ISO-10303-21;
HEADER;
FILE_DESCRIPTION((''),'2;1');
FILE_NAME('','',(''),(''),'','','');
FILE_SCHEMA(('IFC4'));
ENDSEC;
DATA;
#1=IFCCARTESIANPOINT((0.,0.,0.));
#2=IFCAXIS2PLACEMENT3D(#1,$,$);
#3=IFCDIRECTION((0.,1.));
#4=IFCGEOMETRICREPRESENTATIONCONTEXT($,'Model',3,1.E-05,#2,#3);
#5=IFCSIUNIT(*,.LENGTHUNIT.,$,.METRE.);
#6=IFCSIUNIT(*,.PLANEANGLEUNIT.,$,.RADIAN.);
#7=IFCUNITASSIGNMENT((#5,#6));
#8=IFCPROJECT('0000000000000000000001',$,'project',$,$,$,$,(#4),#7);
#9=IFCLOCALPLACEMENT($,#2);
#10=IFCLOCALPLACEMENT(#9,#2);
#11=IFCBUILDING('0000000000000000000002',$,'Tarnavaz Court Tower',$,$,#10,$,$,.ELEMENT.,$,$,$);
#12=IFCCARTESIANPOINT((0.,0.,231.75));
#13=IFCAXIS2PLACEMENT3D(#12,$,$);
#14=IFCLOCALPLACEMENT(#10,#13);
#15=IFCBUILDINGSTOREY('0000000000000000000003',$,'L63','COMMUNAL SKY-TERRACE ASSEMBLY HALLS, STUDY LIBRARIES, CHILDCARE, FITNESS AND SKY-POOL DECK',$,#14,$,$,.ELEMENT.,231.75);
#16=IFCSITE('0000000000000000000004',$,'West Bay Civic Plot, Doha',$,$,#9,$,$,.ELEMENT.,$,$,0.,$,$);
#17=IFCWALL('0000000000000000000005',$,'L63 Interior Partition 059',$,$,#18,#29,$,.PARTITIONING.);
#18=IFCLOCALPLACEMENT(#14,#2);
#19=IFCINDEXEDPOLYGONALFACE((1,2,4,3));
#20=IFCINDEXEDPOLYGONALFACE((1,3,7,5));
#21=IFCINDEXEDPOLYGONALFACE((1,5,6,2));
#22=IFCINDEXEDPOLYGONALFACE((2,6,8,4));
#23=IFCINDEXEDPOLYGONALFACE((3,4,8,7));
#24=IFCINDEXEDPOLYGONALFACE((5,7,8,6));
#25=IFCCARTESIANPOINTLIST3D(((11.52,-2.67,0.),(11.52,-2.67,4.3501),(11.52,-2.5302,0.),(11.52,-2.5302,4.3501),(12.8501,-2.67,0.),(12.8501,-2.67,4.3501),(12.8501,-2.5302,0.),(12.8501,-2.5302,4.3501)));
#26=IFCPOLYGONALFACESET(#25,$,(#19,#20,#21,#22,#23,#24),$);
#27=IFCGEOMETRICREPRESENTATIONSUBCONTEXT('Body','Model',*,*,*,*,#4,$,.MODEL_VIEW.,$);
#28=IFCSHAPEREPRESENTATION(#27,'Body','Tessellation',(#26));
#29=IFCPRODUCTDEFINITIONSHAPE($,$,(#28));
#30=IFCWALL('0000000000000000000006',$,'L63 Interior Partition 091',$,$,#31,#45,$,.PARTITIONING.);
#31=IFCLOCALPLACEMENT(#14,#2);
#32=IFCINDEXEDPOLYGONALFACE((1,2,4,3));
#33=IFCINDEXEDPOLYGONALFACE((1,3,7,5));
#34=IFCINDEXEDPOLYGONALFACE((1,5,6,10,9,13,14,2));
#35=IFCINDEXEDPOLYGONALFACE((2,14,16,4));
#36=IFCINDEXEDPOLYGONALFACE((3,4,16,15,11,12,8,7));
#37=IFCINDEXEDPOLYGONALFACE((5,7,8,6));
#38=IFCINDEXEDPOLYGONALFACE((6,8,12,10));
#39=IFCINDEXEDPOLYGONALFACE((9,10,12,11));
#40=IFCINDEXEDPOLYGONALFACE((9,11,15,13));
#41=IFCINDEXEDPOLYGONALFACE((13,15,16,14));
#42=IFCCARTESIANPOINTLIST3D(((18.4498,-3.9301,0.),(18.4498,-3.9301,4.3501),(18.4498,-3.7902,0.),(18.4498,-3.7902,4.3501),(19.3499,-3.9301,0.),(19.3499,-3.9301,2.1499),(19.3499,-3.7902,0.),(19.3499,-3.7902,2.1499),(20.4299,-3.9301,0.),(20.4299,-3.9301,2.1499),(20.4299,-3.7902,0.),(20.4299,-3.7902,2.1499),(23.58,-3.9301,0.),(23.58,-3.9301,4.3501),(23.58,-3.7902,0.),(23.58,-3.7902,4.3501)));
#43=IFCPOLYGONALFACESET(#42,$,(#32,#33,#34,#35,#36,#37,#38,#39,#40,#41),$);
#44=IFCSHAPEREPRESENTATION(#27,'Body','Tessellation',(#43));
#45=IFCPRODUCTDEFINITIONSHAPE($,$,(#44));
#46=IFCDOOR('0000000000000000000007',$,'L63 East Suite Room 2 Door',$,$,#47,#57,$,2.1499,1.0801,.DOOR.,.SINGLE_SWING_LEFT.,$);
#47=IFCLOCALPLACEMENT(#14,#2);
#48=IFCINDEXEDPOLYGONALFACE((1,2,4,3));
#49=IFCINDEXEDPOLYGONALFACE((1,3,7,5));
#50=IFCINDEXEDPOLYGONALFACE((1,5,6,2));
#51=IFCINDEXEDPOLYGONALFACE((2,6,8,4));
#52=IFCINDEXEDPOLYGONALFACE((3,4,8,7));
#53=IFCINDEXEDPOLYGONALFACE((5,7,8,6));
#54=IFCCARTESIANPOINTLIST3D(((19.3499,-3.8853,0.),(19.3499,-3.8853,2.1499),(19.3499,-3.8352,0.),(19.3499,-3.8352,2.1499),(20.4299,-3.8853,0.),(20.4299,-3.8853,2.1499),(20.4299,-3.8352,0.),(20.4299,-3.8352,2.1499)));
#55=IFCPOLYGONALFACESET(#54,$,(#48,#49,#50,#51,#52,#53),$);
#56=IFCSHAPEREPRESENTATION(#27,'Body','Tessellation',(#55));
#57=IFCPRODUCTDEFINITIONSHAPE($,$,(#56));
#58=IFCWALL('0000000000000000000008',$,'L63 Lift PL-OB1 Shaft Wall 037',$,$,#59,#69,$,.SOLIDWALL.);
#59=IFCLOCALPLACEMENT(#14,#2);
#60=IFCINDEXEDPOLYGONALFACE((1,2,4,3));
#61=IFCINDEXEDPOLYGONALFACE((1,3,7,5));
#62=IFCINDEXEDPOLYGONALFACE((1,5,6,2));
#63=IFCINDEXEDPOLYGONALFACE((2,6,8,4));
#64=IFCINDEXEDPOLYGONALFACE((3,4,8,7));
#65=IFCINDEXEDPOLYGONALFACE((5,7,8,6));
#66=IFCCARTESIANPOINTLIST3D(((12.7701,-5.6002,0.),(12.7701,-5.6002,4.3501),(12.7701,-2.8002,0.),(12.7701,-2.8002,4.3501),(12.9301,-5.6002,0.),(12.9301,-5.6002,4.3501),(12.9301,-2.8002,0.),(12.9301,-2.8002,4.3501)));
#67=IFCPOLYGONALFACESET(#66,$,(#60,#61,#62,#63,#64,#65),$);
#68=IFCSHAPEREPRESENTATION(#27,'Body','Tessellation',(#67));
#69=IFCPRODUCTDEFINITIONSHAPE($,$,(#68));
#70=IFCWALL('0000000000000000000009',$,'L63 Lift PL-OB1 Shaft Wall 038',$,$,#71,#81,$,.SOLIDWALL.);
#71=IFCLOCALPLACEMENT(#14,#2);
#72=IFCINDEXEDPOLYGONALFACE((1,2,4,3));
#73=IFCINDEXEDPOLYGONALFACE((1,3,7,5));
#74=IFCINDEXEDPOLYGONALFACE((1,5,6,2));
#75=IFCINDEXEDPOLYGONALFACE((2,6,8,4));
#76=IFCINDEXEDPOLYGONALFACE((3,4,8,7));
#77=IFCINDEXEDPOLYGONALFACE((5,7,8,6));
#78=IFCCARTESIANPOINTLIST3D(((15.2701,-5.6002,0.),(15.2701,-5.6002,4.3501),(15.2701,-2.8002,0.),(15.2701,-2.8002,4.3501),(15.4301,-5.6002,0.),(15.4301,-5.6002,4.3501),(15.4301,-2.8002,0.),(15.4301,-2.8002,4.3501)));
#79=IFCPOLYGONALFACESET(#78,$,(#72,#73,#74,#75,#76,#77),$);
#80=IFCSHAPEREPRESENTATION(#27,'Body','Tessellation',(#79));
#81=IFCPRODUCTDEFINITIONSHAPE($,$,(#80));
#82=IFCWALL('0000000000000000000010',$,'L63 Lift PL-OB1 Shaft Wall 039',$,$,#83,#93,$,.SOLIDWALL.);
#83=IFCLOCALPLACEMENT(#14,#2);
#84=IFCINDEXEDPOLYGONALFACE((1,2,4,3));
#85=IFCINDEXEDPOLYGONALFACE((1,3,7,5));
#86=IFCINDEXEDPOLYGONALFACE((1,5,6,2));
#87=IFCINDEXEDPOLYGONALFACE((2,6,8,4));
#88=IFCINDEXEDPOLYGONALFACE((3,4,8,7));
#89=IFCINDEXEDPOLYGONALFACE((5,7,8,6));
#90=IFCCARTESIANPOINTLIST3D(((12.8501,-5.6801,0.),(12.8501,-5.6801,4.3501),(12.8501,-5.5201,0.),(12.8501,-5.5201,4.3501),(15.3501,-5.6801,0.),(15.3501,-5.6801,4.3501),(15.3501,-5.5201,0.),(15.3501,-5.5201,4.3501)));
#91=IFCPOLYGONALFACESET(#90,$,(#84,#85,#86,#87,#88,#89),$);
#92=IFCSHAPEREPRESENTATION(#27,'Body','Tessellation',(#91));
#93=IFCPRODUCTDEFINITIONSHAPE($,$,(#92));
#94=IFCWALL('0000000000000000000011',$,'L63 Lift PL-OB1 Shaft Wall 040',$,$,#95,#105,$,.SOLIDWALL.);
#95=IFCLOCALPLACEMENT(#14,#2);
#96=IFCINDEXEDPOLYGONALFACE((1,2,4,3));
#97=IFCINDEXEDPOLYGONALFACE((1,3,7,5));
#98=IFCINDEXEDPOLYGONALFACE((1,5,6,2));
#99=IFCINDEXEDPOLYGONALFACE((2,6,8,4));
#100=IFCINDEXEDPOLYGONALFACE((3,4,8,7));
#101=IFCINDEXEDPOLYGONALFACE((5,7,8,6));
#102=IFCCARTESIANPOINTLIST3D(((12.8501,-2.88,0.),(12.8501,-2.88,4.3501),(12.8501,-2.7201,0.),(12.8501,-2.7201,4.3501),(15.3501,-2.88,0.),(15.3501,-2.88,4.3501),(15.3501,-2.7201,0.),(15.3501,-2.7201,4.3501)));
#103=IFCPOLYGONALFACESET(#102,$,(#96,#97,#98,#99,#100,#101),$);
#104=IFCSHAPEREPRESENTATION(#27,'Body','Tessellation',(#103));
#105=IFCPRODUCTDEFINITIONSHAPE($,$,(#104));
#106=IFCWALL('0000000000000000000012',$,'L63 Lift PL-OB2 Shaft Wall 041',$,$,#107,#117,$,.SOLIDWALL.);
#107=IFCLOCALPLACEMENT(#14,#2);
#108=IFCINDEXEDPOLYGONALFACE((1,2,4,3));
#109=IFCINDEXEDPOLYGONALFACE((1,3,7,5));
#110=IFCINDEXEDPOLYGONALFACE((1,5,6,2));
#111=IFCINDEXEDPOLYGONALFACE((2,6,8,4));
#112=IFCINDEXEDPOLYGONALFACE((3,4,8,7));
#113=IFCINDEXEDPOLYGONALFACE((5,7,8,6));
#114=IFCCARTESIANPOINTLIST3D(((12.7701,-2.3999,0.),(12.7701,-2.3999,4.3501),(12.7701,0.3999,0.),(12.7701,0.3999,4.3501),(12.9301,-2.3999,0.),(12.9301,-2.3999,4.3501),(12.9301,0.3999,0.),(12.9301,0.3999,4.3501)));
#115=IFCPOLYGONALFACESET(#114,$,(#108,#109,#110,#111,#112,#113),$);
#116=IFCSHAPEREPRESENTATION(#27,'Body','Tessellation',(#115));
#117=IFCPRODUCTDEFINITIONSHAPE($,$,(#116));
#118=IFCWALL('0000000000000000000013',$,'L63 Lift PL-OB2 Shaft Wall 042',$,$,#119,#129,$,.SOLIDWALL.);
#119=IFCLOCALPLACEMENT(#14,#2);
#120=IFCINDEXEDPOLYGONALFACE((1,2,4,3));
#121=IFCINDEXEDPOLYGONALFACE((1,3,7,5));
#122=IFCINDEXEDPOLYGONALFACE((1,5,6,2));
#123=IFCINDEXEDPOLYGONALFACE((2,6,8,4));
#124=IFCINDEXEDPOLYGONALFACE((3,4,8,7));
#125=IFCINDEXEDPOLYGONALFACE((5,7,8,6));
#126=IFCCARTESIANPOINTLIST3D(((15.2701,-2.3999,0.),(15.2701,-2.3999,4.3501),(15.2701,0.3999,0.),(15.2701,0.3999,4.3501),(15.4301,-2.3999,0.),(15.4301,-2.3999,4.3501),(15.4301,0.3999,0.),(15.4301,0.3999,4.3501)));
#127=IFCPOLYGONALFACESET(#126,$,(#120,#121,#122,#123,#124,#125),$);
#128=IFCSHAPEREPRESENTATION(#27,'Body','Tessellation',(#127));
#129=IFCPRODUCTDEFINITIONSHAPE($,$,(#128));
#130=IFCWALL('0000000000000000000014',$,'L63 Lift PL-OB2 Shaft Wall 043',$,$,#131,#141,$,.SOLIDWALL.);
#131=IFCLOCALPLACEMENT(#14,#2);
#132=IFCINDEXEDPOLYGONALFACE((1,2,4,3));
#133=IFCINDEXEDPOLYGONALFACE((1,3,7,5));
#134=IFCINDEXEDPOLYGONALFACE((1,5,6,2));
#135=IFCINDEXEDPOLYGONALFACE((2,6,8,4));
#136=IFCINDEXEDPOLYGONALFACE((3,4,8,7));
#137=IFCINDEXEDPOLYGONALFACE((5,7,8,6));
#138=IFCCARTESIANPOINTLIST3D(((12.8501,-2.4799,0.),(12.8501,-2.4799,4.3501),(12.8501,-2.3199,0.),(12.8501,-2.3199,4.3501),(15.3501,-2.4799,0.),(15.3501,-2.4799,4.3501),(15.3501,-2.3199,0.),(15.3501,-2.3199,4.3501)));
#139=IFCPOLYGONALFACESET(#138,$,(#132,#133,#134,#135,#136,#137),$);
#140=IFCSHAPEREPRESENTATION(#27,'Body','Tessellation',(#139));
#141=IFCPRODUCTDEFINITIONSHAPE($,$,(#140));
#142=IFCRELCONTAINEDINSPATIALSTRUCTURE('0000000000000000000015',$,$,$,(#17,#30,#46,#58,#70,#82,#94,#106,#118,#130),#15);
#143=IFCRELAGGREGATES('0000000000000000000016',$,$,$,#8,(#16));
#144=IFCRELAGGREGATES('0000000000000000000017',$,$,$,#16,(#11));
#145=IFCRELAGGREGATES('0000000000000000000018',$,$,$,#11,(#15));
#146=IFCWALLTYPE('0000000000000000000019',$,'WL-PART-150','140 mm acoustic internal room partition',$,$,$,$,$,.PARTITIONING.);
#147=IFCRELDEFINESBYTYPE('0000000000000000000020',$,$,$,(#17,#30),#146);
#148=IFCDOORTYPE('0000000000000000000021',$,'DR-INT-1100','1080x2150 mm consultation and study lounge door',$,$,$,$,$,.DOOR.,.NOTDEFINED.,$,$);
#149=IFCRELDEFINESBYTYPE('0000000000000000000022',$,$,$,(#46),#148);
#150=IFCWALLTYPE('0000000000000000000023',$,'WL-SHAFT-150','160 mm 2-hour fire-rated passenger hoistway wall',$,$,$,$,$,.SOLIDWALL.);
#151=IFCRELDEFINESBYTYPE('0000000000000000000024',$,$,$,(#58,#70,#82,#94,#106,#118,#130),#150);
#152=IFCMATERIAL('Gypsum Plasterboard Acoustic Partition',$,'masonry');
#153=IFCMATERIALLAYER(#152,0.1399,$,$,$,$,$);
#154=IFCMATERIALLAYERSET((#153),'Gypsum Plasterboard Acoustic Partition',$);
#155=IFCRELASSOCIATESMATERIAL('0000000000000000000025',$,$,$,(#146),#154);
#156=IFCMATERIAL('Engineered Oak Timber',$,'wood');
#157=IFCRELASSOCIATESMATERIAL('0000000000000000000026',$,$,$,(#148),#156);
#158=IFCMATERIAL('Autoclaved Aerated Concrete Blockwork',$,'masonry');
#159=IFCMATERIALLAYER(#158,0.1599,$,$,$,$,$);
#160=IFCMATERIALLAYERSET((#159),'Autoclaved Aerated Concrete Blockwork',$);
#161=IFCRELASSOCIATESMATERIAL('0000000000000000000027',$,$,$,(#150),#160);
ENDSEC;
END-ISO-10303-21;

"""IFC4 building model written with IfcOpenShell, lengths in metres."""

from ifc_helpers import new_model, si_unit, direction, frame, frame_2d, origin, place, context, subcontext, project, spatial, rectangle, extrude, material, layer, layer_set, type_object, element, fill, save


model = new_model("IFC4")

# Units and contexts
model_context = context("Model", 3, precision=1e-05, world=origin(), true_north=direction((0.0, 1.0)))
body_context = subcontext(model_context, "Body", "Model", "MODEL_VIEW")
ifc_project = project(units=[si_unit("LENGTHUNIT", "METRE"), si_unit("PLANEANGLEUNIT", "RADIAN")], contexts=[model_context])

# Site, building, storey
site_placement = place(None, origin())
site = spatial("IfcSite", under=ifc_project, at=site_placement, Name="West Bay Civic Plot, Doha", CompositionType="ELEMENT", RefElevation=0.0)
building_placement = place(site_placement, origin())
building = spatial("IfcBuilding", under=site, at=building_placement, Name="Tarnavaz Court Tower", CompositionType="ELEMENT")
storey_placement = place(building_placement, frame((0.0, 0.0, 231.75)))
storey = spatial("IfcBuildingStorey", under=building, at=storey_placement, Name="L63", Description="COMMUNAL SKY-TERRACE ASSEMBLY HALLS, STUDY LIBRARIES, CHILDCARE, FITNESS AND SKY-POOL DECK", CompositionType="ELEMENT", Elevation=231.75)

# Shared definitions
ifc_material_1 = material(Name="Gypsum Plasterboard Acoustic Partition", Category="masonry")
ifc_layer_1 = layer(ifc_material_1, 0.1399)
ifc_layer_set_1 = layer_set([ifc_layer_1], Name="Gypsum Plasterboard Acoustic Partition")
wall_type_1 = type_object("IfcWallType", Name="WL-PART-150", Description="140 mm acoustic internal room partition", PredefinedType="PARTITIONING", material=ifc_layer_set_1)

# Wall
wall_1_placement = place(storey_placement, frame((11.52, -2.6001, 0.0), z_axis=(0.0, 0.0, 1.0), x_axis=(1.0, 0.0, 0.0)))
element("IfcWall", 1, at=wall_1_placement, inside=storey, type_object=wall_type_1, Name="L63 Interior Partition 059", PredefinedType="PARTITIONING", context=body_context, shape_type="SweptSolid", body=[
    extrude(rectangle(XDim=1.3301, YDim=0.1399, at=frame_2d((0.665, 0.0))), origin(), (0.0, 0.0, 1.0), 4.3501),
])

# Wall, opening, door
wall_2_placement = place(storey_placement, frame((18.45, -3.8601, 0.0), z_axis=(0.0, 0.0, 1.0), x_axis=(1.0, 0.0, 0.0)))
wall_2 = element("IfcWall", 2, at=wall_2_placement, inside=storey, type_object=wall_type_1, Name="L63 Interior Partition 091", PredefinedType="PARTITIONING", context=body_context, shape_type="SweptSolid", body=[
    extrude(rectangle(XDim=5.1301, YDim=0.1399, at=frame_2d((2.5649, 0.0))), origin(), (0.0, 0.0, 1.0), 4.3501),
])
opening_1_placement = place(wall_2_placement, frame((0.8999, 0.0, 0.0)))
opening_1 = element("IfcOpeningElement", 3, at=opening_1_placement, cuts=wall_2, PredefinedType="OPENING", context=body_context, shape_type="SweptSolid", body=[
    extrude(rectangle(XDim=1.0801, YDim=2.1499, at=frame_2d((0.54, 1.075))), frame((0.0, 0.0798, 0.0), z_axis=(0.0, -1.0, 0.0), x_axis=(1.0, 0.0, 0.0)), (0.0, 0.0, 1.0), 0.1599),
])
ifc_material_2 = material(Name="Engineered Oak Timber", Category="wood")
door_type_1 = type_object("IfcDoorType", Name="DR-INT-1100", Description="1080x2150 mm consultation and study lounge door", OperationType="NOTDEFINED", PredefinedType="DOOR", material=ifc_material_2)
door_1_placement = place(opening_1_placement, origin())
door_1 = element("IfcDoor", 4, at=door_1_placement, inside=storey, type_object=door_type_1, Name="L63 East Suite Room 2 Door", OperationType="SINGLE_SWING_LEFT", OverallHeight=2.1499, OverallWidth=1.0801, PredefinedType="DOOR", context=body_context, shape_type="SweptSolid", body=[
    extrude(rectangle(XDim=1.0801, YDim=2.1499, at=frame_2d((0.54, 1.075))), frame((0.0, 0.0249, 0.0), z_axis=(0.0, -1.0, 0.0), x_axis=(1.0, 0.0, 0.0)), (0.0, 0.0, 1.0), 0.05),
])
fill(opening_1, door_1)

# Walls
ifc_material_3 = material(Name="Autoclaved Aerated Concrete Blockwork", Category="masonry")
ifc_layer_2 = layer(ifc_material_3, 0.1599)
ifc_layer_set_2 = layer_set([ifc_layer_2], Name="Autoclaved Aerated Concrete Blockwork")
wall_type_2 = type_object("IfcWallType", Name="WL-SHAFT-150", Description="160 mm 2-hour fire-rated passenger hoistway wall", PredefinedType="SOLIDWALL", material=ifc_layer_set_2)
for number, where, z_axis, x_axis, name in (
    (5, (12.8501, -5.6001, 0.0), (0.0, 0.0, 1.0), (0.0, 1.0, 0.0), "L63 Lift PL-OB1 Shaft Wall 037"),
    (6, (15.3501, -5.6001, 0.0), (0.0, 0.0, 1.0), (0.0, 1.0, 0.0), "L63 Lift PL-OB1 Shaft Wall 038"),
):
    element("IfcWall", number, at=place(storey_placement, frame(where, z_axis=z_axis, x_axis=x_axis)), inside=storey, type_object=wall_type_2, Name=name, PredefinedType="SOLIDWALL", context=body_context, shape_type="SweptSolid", body=[
        extrude(rectangle(XDim=2.8, YDim=0.1599, at=frame_2d((1.3999, 0.0))), origin(), (0.0, 0.0, 1.0), 4.3501),
    ])
for number, where, z_axis, x_axis, name in (
    (7, (12.8501, -5.6001, 0.0), (0.0, 0.0, 1.0), (1.0, 0.0, 0.0), "L63 Lift PL-OB1 Shaft Wall 039"),
    (8, (12.8501, -2.8, 0.0), (0.0, 0.0, 1.0), (1.0, 0.0, 0.0), "L63 Lift PL-OB1 Shaft Wall 040"),
):
    element("IfcWall", number, at=place(storey_placement, frame(where, z_axis=z_axis, x_axis=x_axis)), inside=storey, type_object=wall_type_2, Name=name, PredefinedType="SOLIDWALL", context=body_context, shape_type="SweptSolid", body=[
        extrude(rectangle(XDim=2.5, YDim=0.1599, at=frame_2d((1.25, 0.0))), origin(), (0.0, 0.0, 1.0), 4.3501),
    ])
for number, where, z_axis, x_axis, name in (
    (9, (12.8501, -2.3999, 0.0), (0.0, 0.0, 1.0), (0.0, 1.0, 0.0), "L63 Lift PL-OB2 Shaft Wall 041"),
    (10, (15.3501, -2.3999, 0.0), (0.0, 0.0, 1.0), (0.0, 1.0, 0.0), "L63 Lift PL-OB2 Shaft Wall 042"),
):
    element("IfcWall", number, at=place(storey_placement, frame(where, z_axis=z_axis, x_axis=x_axis)), inside=storey, type_object=wall_type_2, Name=name, PredefinedType="SOLIDWALL", context=body_context, shape_type="SweptSolid", body=[
        extrude(rectangle(XDim=2.7998, YDim=0.1599, at=frame_2d((1.3999, 0.0))), origin(), (0.0, 0.0, 1.0), 4.3501),
    ])
wall_3_placement = place(storey_placement, frame((12.8501, -2.3999, 0.0), z_axis=(0.0, 0.0, 1.0), x_axis=(1.0, 0.0, 0.0)))
element("IfcWall", 11, at=wall_3_placement, inside=storey, type_object=wall_type_2, Name="L63 Lift PL-OB2 Shaft Wall 043", PredefinedType="SOLIDWALL", context=body_context, shape_type="SweptSolid", body=[
    extrude(rectangle(XDim=2.5, YDim=0.1599, at=frame_2d((1.25, 0.0))), origin(), (0.0, 0.0, 1.0), 4.3501),
])

save(model, "model.ifc")
